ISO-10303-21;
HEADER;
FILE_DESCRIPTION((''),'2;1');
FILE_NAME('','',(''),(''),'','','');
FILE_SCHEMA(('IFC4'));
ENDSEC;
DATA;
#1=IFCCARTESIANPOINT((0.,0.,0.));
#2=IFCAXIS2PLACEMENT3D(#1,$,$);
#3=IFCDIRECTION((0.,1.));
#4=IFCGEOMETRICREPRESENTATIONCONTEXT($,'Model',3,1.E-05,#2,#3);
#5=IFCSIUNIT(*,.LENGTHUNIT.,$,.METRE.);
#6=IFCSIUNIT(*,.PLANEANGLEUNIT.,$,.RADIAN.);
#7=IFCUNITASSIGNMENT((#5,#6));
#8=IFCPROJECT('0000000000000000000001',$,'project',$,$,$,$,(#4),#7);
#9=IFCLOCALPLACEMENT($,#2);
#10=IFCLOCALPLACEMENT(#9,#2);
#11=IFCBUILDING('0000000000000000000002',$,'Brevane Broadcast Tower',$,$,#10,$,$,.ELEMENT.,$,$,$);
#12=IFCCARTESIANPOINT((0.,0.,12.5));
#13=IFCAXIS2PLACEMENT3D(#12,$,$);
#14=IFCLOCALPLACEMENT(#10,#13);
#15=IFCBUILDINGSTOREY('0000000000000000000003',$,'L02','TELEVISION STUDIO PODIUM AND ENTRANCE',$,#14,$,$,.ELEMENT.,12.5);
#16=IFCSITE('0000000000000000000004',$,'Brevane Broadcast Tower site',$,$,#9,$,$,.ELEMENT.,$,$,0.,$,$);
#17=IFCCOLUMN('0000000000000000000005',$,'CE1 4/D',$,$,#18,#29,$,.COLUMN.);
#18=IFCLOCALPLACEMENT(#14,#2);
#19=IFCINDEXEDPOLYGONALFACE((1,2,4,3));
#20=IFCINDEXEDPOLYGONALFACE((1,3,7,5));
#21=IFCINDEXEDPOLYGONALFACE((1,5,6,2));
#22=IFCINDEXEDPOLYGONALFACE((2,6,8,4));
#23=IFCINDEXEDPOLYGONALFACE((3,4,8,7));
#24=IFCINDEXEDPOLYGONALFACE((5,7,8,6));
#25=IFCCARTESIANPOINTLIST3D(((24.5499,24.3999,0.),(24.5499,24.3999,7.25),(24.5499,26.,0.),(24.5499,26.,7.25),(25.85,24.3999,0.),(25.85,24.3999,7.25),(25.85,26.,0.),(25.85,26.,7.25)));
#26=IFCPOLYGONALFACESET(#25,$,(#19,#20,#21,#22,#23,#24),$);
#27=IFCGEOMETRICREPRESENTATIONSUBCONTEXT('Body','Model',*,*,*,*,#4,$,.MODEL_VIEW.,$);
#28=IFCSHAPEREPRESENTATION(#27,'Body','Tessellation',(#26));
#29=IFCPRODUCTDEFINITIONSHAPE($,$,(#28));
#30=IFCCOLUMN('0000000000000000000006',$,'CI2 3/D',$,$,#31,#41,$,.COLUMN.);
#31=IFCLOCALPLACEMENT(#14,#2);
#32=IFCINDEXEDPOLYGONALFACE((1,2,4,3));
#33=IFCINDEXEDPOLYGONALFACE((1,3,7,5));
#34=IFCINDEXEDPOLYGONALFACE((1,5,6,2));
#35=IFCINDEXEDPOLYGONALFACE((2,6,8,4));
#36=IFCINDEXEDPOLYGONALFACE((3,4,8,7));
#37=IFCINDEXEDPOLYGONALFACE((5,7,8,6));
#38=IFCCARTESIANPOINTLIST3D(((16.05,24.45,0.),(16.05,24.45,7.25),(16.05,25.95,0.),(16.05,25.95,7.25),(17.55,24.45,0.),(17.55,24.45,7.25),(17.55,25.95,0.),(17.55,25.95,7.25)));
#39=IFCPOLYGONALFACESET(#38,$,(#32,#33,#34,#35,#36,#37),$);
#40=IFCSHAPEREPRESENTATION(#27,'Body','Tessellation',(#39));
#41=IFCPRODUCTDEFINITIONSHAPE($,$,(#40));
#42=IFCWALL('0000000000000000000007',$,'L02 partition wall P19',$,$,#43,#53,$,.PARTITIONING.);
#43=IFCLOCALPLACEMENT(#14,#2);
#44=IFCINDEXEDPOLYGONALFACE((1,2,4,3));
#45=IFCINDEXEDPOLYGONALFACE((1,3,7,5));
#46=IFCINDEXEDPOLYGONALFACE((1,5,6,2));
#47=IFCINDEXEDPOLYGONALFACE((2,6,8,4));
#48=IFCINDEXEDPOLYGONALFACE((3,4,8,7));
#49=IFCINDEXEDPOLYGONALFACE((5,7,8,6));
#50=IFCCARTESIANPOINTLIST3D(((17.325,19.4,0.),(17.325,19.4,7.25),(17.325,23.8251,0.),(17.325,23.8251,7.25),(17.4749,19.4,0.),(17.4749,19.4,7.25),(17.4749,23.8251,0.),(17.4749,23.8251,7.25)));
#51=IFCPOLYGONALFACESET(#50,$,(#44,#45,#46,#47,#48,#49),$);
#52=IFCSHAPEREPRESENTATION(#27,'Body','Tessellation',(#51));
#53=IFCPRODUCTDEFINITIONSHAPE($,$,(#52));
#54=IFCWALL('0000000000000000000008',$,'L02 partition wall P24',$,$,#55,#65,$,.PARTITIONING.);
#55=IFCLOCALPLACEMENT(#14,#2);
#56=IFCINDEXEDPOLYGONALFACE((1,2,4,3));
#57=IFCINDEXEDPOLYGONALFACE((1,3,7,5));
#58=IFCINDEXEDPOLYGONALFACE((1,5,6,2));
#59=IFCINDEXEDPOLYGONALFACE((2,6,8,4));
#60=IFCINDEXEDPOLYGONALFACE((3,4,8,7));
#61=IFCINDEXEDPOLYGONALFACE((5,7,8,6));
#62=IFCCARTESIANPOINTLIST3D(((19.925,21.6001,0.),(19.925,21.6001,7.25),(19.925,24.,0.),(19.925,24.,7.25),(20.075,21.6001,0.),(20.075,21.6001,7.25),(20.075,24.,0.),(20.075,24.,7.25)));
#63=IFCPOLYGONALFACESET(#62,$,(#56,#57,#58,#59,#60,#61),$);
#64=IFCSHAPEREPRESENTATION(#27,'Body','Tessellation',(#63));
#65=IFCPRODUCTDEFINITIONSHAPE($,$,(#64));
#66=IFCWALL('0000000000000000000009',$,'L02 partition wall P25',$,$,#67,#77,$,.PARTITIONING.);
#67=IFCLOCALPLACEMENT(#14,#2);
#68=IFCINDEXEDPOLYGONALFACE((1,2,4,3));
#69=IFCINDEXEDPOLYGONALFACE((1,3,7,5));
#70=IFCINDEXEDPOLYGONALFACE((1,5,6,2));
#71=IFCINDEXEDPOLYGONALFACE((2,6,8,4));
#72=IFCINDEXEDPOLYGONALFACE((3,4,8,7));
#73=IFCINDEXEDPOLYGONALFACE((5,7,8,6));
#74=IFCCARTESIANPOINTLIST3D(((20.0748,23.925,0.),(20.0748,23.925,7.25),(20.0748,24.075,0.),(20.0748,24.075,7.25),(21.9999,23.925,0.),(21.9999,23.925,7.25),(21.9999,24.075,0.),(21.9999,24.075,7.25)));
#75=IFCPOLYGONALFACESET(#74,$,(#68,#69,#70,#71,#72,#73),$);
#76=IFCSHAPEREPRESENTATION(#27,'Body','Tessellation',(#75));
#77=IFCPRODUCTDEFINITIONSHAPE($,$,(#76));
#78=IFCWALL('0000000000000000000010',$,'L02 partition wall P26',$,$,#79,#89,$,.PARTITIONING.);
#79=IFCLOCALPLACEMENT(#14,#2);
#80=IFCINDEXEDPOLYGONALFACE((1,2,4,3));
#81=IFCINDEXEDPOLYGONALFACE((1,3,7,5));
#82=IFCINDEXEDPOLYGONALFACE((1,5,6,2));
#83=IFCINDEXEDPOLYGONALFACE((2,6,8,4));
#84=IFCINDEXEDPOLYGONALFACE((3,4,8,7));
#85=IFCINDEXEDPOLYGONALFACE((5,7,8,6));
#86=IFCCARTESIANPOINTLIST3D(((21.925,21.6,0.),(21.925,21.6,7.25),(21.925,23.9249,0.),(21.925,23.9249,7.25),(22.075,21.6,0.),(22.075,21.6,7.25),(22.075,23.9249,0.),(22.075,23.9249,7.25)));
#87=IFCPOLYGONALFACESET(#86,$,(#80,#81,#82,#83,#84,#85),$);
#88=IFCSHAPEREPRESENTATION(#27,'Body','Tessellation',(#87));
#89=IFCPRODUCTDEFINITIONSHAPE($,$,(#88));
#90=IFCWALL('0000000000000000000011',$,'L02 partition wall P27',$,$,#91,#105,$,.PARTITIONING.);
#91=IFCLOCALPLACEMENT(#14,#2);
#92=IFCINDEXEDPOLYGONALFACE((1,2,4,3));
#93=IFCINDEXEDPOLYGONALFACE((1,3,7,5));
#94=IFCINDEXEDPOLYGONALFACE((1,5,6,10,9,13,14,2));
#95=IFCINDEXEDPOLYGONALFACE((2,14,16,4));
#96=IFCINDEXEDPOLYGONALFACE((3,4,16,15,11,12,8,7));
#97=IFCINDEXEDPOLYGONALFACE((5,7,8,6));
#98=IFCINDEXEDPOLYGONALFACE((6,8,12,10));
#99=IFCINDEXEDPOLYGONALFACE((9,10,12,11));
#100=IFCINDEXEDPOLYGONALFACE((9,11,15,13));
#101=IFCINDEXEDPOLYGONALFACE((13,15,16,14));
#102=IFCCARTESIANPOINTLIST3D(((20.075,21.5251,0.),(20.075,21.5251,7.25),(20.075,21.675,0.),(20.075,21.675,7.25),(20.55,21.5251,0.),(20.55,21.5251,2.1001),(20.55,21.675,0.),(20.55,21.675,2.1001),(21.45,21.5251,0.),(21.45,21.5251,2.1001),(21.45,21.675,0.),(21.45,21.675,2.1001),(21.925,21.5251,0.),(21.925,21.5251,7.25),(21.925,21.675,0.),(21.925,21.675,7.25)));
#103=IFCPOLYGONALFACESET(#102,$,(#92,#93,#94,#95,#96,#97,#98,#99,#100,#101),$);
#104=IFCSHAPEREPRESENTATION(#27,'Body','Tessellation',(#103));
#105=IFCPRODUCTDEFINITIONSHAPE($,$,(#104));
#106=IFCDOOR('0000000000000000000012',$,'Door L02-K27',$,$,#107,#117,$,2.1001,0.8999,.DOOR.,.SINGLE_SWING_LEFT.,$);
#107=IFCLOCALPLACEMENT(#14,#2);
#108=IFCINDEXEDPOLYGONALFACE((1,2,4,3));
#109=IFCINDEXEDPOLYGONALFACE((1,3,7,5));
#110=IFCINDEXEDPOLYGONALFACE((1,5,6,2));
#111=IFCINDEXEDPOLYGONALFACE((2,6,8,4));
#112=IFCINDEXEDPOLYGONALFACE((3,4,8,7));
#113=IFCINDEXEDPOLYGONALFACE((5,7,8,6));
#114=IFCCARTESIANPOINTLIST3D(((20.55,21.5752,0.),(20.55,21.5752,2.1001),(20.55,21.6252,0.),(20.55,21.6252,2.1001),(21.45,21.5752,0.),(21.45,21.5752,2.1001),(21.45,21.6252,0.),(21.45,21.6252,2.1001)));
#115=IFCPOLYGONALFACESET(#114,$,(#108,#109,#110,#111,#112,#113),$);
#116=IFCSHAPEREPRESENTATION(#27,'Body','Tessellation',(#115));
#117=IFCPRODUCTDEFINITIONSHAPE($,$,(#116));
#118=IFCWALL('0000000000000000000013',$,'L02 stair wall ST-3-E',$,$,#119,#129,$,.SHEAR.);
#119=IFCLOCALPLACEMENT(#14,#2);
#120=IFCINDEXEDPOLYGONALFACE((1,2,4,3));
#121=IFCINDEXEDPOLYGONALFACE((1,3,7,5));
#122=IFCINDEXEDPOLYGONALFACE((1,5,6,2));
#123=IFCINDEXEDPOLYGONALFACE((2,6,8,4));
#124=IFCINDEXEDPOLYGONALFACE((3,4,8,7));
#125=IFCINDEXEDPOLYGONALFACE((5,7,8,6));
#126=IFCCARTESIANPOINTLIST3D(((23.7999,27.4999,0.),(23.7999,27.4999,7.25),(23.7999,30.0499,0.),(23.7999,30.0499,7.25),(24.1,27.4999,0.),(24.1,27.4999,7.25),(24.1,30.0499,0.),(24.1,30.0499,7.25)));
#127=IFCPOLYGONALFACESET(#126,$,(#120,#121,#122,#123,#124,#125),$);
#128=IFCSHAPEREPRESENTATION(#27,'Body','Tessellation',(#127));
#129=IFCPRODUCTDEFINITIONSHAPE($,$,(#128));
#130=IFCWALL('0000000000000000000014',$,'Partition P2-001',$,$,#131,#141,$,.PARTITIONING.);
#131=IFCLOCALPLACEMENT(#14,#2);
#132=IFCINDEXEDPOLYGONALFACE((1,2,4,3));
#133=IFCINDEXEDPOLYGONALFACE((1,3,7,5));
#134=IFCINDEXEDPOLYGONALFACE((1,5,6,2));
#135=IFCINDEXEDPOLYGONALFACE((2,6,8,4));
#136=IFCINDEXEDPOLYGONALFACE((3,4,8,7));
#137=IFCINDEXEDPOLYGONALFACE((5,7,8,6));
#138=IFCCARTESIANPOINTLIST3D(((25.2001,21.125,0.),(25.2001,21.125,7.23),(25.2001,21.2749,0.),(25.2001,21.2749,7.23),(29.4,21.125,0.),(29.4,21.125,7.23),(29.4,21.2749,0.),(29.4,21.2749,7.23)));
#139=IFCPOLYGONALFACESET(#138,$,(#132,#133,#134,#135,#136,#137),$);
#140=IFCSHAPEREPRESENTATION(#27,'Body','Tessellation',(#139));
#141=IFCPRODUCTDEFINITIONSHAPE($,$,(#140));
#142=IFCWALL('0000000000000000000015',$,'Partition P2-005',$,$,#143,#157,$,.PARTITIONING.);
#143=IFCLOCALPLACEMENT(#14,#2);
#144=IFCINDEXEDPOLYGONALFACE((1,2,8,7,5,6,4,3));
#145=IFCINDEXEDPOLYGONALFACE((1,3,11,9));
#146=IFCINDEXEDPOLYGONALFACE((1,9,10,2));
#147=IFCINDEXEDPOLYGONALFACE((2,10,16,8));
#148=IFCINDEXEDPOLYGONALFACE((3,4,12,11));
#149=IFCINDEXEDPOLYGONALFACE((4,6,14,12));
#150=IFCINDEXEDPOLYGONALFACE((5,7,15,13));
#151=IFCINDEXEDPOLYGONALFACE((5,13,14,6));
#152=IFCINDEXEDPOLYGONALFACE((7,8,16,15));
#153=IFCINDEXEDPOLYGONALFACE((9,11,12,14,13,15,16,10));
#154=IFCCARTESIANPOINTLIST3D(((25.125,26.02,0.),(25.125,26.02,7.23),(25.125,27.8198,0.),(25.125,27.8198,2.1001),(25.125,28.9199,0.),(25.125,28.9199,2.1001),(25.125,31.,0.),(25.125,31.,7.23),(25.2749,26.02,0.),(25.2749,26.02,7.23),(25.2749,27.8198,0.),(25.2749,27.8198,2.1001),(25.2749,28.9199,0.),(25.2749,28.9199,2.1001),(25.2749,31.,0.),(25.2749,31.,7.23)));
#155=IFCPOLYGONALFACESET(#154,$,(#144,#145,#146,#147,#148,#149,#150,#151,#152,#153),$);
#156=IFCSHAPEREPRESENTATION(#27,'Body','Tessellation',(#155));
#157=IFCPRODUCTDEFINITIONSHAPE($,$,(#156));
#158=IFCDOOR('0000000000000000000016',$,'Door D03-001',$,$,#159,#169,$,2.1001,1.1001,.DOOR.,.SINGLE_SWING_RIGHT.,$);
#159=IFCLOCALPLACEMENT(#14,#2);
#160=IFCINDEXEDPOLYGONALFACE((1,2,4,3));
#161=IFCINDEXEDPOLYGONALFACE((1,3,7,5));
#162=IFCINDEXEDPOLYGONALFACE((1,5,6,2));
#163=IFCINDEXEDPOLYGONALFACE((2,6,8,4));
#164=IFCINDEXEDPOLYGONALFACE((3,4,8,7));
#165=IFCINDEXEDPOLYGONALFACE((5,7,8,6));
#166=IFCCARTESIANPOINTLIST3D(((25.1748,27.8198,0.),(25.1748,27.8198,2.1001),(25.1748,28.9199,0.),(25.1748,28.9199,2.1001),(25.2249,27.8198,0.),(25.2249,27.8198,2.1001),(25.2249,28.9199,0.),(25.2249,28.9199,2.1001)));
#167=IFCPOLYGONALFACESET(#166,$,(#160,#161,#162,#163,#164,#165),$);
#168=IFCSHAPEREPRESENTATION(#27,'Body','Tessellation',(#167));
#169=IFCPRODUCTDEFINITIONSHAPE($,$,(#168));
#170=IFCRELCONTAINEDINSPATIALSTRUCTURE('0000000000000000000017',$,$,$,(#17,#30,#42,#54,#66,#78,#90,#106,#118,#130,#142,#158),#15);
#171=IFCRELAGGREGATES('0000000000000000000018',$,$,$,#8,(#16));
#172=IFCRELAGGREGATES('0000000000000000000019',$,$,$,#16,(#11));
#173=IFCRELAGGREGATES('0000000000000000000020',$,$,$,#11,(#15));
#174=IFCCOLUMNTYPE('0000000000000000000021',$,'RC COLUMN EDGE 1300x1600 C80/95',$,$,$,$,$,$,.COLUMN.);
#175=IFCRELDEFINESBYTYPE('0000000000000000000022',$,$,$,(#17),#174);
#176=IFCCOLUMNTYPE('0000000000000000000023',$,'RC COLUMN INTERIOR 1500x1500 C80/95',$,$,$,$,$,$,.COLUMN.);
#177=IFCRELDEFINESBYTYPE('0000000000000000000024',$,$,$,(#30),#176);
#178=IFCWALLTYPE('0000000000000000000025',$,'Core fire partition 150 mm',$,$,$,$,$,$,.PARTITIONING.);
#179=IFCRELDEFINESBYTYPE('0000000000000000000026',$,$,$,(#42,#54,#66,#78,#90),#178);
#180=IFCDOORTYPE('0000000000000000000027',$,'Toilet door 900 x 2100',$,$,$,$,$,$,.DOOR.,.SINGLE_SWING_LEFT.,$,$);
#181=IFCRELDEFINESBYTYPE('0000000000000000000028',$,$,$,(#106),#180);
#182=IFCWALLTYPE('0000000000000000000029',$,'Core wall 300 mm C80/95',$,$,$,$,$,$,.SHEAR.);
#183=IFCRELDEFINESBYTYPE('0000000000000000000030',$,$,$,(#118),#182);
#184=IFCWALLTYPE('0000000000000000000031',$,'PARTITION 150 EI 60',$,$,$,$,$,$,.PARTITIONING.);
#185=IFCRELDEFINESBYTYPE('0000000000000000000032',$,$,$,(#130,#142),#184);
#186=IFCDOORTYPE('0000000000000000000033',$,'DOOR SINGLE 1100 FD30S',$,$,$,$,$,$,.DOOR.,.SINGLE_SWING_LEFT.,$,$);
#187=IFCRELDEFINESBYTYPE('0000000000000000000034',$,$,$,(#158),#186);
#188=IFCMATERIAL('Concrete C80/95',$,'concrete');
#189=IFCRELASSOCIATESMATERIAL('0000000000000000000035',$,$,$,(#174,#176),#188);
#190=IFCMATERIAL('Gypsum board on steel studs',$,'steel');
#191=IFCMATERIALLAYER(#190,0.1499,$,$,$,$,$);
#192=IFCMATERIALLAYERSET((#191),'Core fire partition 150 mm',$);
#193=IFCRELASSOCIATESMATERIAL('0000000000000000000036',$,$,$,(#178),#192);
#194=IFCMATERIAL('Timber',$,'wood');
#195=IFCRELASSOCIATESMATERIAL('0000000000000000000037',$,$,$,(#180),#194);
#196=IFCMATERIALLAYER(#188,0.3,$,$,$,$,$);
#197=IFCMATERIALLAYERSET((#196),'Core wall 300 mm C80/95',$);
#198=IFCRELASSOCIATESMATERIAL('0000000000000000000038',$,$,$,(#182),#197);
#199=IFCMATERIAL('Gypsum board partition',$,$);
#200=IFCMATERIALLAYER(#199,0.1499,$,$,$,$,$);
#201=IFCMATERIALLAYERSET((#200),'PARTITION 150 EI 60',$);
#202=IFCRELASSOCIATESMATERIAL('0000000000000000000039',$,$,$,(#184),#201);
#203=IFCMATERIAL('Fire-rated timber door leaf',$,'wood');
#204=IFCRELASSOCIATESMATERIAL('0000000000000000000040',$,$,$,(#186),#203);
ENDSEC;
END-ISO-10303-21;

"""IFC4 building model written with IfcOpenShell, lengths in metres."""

from ifc_helpers import new_model, si_unit, direction, frame, frame_2d, origin, origin_2d, place, context, subcontext, project, spatial, rectangle, extrude, material, layer, layer_set, material_profile, profile_set, type_object, element, fill, save


model = new_model("IFC4")

# Units and contexts
model_context = context("Model", 3, precision=1e-05, world=origin(), true_north=direction((0.0, 1.0)))
body_context = subcontext(model_context, "Body", "Model", "MODEL_VIEW")
ifc_project = project(units=[si_unit("LENGTHUNIT", "METRE"), si_unit("PLANEANGLEUNIT", "RADIAN")], contexts=[model_context])

# Site, building, storey
site_placement = place(None, origin())
site = spatial("IfcSite", under=ifc_project, at=site_placement, Name="Brevane Broadcast Tower site", CompositionType="ELEMENT", RefElevation=0.0)
building_placement = place(site_placement, origin())
building = spatial("IfcBuilding", under=site, at=building_placement, Name="Brevane Broadcast Tower", CompositionType="ELEMENT")
storey_placement = place(building_placement, frame((0.0, 0.0, 12.5)))
storey = spatial("IfcBuildingStorey", under=building, at=storey_placement, Name="L02", Description="TELEVISION STUDIO PODIUM AND ENTRANCE", CompositionType="ELEMENT", Elevation=12.5)

# Columns
ifc_material_1 = material(Name="Concrete C80/95", Category="concrete")
ifc_material_profile_1 = material_profile(ifc_material_1, rectangle(XDim=1.3, YDim=1.6001, at=origin_2d()), Name="RC 1300x1600")
ifc_profile_set_1 = profile_set([ifc_material_profile_1], Name="Concrete C80/95")
column_type_1 = type_object("IfcColumnType", Name="RC COLUMN EDGE 1300x1600 C80/95", PredefinedType="COLUMN", material=ifc_profile_set_1)
column_1_placement = place(storey_placement, frame((25.2, 25.2, 0.0), z_axis=(0.0, 0.0, 1.0), x_axis=(1.0, 0.0, 0.0)))
element("IfcColumn", 1, at=column_1_placement, inside=storey, type_object=column_type_1, Name="CE1 4/D", PredefinedType="COLUMN", context=body_context, shape_type="SweptSolid", body=[
    extrude(rectangle(XDim=1.3, YDim=1.6001, at=origin_2d()), origin(), (0.0, 0.0, 1.0), 7.25),
])
ifc_material_profile_2 = material_profile(ifc_material_1, rectangle(XDim=1.5, YDim=1.5, at=origin_2d()), Name="RC 1500x1500")
ifc_profile_set_2 = profile_set([ifc_material_profile_2], Name="Concrete C80/95")
column_type_2 = type_object("IfcColumnType", Name="RC COLUMN INTERIOR 1500x1500 C80/95", PredefinedType="COLUMN", material=ifc_profile_set_2)
column_2_placement = place(storey_placement, frame((16.8, 25.2, 0.0), z_axis=(0.0, 0.0, 1.0), x_axis=(1.0, 0.0, 0.0)))
element("IfcColumn", 2, at=column_2_placement, inside=storey, type_object=column_type_2, Name="CI2 3/D", PredefinedType="COLUMN", context=body_context, shape_type="SweptSolid", body=[
    extrude(rectangle(XDim=1.5, YDim=1.5, at=origin_2d()), origin(), (0.0, 0.0, 1.0), 7.25),
])

# Walls
ifc_material_2 = material(Name="Gypsum board on steel studs", Category="steel")
ifc_layer_1 = layer(ifc_material_2, 0.1499)
ifc_layer_set_1 = layer_set([ifc_layer_1], Name="Core fire partition 150 mm")
wall_type_1 = type_object("IfcWallType", Name="Core fire partition 150 mm", PredefinedType="PARTITIONING", material=ifc_layer_set_1)
wall_1_placement = place(storey_placement, frame((17.3999, 23.825, 0.0), z_axis=(0.0, 0.0, 1.0), x_axis=(0.0, -1.0, 0.0)))
element("IfcWall", 3, at=wall_1_placement, inside=storey, type_object=wall_type_1, Name="L02 partition wall P19", PredefinedType="PARTITIONING", context=body_context, shape_type="SweptSolid", body=[
    extrude(rectangle(XDim=4.425, YDim=0.1499, at=frame_2d((2.2124, 0.0))), origin(), (0.0, 0.0, 1.0), 7.25),
])
wall_2_placement = place(storey_placement, frame((20.0, 21.6001, 0.0), z_axis=(0.0, 0.0, 1.0), x_axis=(0.0, 1.0, 0.0)))
element("IfcWall", 4, at=wall_2_placement, inside=storey, type_object=wall_type_1, Name="L02 partition wall P24", PredefinedType="PARTITIONING", context=body_context, shape_type="SweptSolid", body=[
    extrude(rectangle(XDim=2.3999, YDim=0.1499, at=frame_2d((1.2, 0.0))), origin(), (0.0, 0.0, 1.0), 7.25),
])
wall_3_placement = place(storey_placement, frame((20.075, 24.0, 0.0), z_axis=(0.0, 0.0, 1.0), x_axis=(1.0, 0.0, 0.0)))
element("IfcWall", 5, at=wall_3_placement, inside=storey, type_object=wall_type_1, Name="L02 partition wall P25", PredefinedType="PARTITIONING", context=body_context, shape_type="SweptSolid", body=[
    extrude(rectangle(XDim=1.925, YDim=0.1499, at=frame_2d((0.9624, 0.0))), origin(), (0.0, 0.0, 1.0), 7.25),
])
wall_4_placement = place(storey_placement, frame((22.0, 23.925, 0.0), z_axis=(0.0, 0.0, 1.0), x_axis=(0.0, -1.0, 0.0)))
element("IfcWall", 6, at=wall_4_placement, inside=storey, type_object=wall_type_1, Name="L02 partition wall P26", PredefinedType="PARTITIONING", context=body_context, shape_type="SweptSolid", body=[
    extrude(rectangle(XDim=2.325, YDim=0.1499, at=frame_2d((1.1626, 0.0))), origin(), (0.0, 0.0, 1.0), 7.25),
])

# Wall, opening, door
wall_5_placement = place(storey_placement, frame((21.925, 21.6001, 0.0), z_axis=(0.0, 0.0, 1.0), x_axis=(-1.0, 0.0, 0.0)))
wall_5 = element("IfcWall", 7, at=wall_5_placement, inside=storey, type_object=wall_type_1, Name="L02 partition wall P27", PredefinedType="PARTITIONING", context=body_context, shape_type="SweptSolid", body=[
    extrude(rectangle(XDim=1.8501, YDim=0.1499, at=frame_2d((0.925, 0.0))), origin(), (0.0, 0.0, 1.0), 7.25),
])
opening_1_placement = place(wall_5_placement, frame((0.4751, 0.0, 0.0)))
opening_1 = element("IfcOpeningElement", 8, at=opening_1_placement, cuts=wall_5, PredefinedType="OPENING", context=body_context, shape_type="SweptSolid", body=[
    extrude(rectangle(XDim=0.8999, YDim=2.1001, at=frame_2d((0.45, 1.05))), frame((0.0, 0.085, 0.0), z_axis=(0.0, -1.0, 0.0), x_axis=(1.0, 0.0, 0.0)), (0.0, 0.0, 1.0), 0.1699),
])
ifc_material_3 = material(Name="Timber", Category="wood")
door_type_1 = type_object("IfcDoorType", Name="Toilet door 900 x 2100", OperationType="SINGLE_SWING_LEFT", PredefinedType="DOOR", material=ifc_material_3)
door_1_placement = place(opening_1_placement, origin())
door_1 = element("IfcDoor", 9, at=door_1_placement, inside=storey, type_object=door_type_1, Name="Door L02-K27", OperationType="SINGLE_SWING_LEFT", OverallHeight=2.1001, OverallWidth=0.8999, PredefinedType="DOOR", context=body_context, shape_type="SweptSolid", body=[
    extrude(rectangle(XDim=0.8999, YDim=2.1001, at=frame_2d((0.45, 1.05))), frame((0.0, 0.0249, 0.0), z_axis=(0.0, -1.0, 0.0), x_axis=(1.0, 0.0, 0.0)), (0.0, 0.0, 1.0), 0.05),
])
fill(opening_1, door_1)

# Walls
ifc_layer_2 = layer(ifc_material_1, 0.3)
ifc_layer_set_2 = layer_set([ifc_layer_2], Name="Core wall 300 mm C80/95")
wall_type_2 = type_object("IfcWallType", Name="Core wall 300 mm C80/95", PredefinedType="SHEAR", material=ifc_layer_set_2)
wall_6_placement = place(storey_placement, frame((23.95, 27.5, 0.0), z_axis=(0.0, 0.0, 1.0), x_axis=(0.0, 1.0, 0.0)))
element("IfcWall", 10, at=wall_6_placement, inside=storey, type_object=wall_type_2, Name="L02 stair wall ST-3-E", PredefinedType="SHEAR", context=body_context, shape_type="SweptSolid", body=[
    extrude(rectangle(XDim=2.55, YDim=0.3, at=frame_2d((1.2749, 0.0))), origin(), (0.0, 0.0, 1.0), 7.25),
])
ifc_material_4 = material(Name="Gypsum board partition")
ifc_layer_3 = layer(ifc_material_4, 0.1499)
ifc_layer_set_3 = layer_set([ifc_layer_3], Name="PARTITION 150 EI 60")
wall_type_3 = type_object("IfcWallType", Name="PARTITION 150 EI 60", PredefinedType="PARTITIONING", material=ifc_layer_set_3)
wall_7_placement = place(storey_placement, frame((25.2, 21.2, 0.0), z_axis=(0.0, 0.0, 1.0), x_axis=(1.0, 0.0, 0.0)))
element("IfcWall", 11, at=wall_7_placement, inside=storey, type_object=wall_type_3, Name="Partition P2-001", PredefinedType="PARTITIONING", context=body_context, shape_type="SweptSolid", body=[
    extrude(rectangle(XDim=4.2, YDim=0.1499, at=frame_2d((2.1001, 0.0))), origin(), (0.0, 0.0, 1.0), 7.23),
])

# Wall, opening, door
wall_8_placement = place(storey_placement, frame((25.2, 31.0, 0.0), z_axis=(0.0, 0.0, 1.0), x_axis=(0.0, -1.0, 0.0)))
wall_8 = element("IfcWall", 12, at=wall_8_placement, inside=storey, type_object=wall_type_3, Name="Partition P2-005", PredefinedType="PARTITIONING", context=body_context, shape_type="SweptSolid", body=[
    extrude(rectangle(XDim=4.98, YDim=0.1499, at=frame_2d((2.49, 0.0))), origin(), (0.0, 0.0, 1.0), 7.23),
])
opening_2_placement = place(wall_8_placement, frame((2.0801, 0.0, 0.0)))
opening_2 = element("IfcOpeningElement", 13, at=opening_2_placement, cuts=wall_8, PredefinedType="OPENING", context=body_context, shape_type="SweptSolid", body=[
    extrude(rectangle(XDim=1.1001, YDim=2.1001, at=frame_2d((0.55, 1.05))), frame((0.0, 0.085, 0.0), z_axis=(0.0, -1.0, 0.0), x_axis=(1.0, 0.0, 0.0)), (0.0, 0.0, 1.0), 0.1699),
])
ifc_material_5 = material(Name="Fire-rated timber door leaf", Category="wood")
door_type_2 = type_object("IfcDoorType", Name="DOOR SINGLE 1100 FD30S", OperationType="SINGLE_SWING_LEFT", PredefinedType="DOOR", material=ifc_material_5)
door_2_placement = place(opening_2_placement, origin())
door_2 = element("IfcDoor", 14, at=door_2_placement, inside=storey, type_object=door_type_2, Name="Door D03-001", OperationType="SINGLE_SWING_RIGHT", OverallHeight=2.1001, OverallWidth=1.1001, PredefinedType="DOOR", context=body_context, shape_type="SweptSolid", body=[
    extrude(rectangle(XDim=1.1001, YDim=2.1001, at=frame_2d((0.55, 1.05))), frame((0.0, 0.0249, 0.0), z_axis=(0.0, -1.0, 0.0), x_axis=(1.0, 0.0, 0.0)), (0.0, 0.0, 1.0), 0.05),
])
fill(opening_2, door_2)

save(model, "model.ifc")
